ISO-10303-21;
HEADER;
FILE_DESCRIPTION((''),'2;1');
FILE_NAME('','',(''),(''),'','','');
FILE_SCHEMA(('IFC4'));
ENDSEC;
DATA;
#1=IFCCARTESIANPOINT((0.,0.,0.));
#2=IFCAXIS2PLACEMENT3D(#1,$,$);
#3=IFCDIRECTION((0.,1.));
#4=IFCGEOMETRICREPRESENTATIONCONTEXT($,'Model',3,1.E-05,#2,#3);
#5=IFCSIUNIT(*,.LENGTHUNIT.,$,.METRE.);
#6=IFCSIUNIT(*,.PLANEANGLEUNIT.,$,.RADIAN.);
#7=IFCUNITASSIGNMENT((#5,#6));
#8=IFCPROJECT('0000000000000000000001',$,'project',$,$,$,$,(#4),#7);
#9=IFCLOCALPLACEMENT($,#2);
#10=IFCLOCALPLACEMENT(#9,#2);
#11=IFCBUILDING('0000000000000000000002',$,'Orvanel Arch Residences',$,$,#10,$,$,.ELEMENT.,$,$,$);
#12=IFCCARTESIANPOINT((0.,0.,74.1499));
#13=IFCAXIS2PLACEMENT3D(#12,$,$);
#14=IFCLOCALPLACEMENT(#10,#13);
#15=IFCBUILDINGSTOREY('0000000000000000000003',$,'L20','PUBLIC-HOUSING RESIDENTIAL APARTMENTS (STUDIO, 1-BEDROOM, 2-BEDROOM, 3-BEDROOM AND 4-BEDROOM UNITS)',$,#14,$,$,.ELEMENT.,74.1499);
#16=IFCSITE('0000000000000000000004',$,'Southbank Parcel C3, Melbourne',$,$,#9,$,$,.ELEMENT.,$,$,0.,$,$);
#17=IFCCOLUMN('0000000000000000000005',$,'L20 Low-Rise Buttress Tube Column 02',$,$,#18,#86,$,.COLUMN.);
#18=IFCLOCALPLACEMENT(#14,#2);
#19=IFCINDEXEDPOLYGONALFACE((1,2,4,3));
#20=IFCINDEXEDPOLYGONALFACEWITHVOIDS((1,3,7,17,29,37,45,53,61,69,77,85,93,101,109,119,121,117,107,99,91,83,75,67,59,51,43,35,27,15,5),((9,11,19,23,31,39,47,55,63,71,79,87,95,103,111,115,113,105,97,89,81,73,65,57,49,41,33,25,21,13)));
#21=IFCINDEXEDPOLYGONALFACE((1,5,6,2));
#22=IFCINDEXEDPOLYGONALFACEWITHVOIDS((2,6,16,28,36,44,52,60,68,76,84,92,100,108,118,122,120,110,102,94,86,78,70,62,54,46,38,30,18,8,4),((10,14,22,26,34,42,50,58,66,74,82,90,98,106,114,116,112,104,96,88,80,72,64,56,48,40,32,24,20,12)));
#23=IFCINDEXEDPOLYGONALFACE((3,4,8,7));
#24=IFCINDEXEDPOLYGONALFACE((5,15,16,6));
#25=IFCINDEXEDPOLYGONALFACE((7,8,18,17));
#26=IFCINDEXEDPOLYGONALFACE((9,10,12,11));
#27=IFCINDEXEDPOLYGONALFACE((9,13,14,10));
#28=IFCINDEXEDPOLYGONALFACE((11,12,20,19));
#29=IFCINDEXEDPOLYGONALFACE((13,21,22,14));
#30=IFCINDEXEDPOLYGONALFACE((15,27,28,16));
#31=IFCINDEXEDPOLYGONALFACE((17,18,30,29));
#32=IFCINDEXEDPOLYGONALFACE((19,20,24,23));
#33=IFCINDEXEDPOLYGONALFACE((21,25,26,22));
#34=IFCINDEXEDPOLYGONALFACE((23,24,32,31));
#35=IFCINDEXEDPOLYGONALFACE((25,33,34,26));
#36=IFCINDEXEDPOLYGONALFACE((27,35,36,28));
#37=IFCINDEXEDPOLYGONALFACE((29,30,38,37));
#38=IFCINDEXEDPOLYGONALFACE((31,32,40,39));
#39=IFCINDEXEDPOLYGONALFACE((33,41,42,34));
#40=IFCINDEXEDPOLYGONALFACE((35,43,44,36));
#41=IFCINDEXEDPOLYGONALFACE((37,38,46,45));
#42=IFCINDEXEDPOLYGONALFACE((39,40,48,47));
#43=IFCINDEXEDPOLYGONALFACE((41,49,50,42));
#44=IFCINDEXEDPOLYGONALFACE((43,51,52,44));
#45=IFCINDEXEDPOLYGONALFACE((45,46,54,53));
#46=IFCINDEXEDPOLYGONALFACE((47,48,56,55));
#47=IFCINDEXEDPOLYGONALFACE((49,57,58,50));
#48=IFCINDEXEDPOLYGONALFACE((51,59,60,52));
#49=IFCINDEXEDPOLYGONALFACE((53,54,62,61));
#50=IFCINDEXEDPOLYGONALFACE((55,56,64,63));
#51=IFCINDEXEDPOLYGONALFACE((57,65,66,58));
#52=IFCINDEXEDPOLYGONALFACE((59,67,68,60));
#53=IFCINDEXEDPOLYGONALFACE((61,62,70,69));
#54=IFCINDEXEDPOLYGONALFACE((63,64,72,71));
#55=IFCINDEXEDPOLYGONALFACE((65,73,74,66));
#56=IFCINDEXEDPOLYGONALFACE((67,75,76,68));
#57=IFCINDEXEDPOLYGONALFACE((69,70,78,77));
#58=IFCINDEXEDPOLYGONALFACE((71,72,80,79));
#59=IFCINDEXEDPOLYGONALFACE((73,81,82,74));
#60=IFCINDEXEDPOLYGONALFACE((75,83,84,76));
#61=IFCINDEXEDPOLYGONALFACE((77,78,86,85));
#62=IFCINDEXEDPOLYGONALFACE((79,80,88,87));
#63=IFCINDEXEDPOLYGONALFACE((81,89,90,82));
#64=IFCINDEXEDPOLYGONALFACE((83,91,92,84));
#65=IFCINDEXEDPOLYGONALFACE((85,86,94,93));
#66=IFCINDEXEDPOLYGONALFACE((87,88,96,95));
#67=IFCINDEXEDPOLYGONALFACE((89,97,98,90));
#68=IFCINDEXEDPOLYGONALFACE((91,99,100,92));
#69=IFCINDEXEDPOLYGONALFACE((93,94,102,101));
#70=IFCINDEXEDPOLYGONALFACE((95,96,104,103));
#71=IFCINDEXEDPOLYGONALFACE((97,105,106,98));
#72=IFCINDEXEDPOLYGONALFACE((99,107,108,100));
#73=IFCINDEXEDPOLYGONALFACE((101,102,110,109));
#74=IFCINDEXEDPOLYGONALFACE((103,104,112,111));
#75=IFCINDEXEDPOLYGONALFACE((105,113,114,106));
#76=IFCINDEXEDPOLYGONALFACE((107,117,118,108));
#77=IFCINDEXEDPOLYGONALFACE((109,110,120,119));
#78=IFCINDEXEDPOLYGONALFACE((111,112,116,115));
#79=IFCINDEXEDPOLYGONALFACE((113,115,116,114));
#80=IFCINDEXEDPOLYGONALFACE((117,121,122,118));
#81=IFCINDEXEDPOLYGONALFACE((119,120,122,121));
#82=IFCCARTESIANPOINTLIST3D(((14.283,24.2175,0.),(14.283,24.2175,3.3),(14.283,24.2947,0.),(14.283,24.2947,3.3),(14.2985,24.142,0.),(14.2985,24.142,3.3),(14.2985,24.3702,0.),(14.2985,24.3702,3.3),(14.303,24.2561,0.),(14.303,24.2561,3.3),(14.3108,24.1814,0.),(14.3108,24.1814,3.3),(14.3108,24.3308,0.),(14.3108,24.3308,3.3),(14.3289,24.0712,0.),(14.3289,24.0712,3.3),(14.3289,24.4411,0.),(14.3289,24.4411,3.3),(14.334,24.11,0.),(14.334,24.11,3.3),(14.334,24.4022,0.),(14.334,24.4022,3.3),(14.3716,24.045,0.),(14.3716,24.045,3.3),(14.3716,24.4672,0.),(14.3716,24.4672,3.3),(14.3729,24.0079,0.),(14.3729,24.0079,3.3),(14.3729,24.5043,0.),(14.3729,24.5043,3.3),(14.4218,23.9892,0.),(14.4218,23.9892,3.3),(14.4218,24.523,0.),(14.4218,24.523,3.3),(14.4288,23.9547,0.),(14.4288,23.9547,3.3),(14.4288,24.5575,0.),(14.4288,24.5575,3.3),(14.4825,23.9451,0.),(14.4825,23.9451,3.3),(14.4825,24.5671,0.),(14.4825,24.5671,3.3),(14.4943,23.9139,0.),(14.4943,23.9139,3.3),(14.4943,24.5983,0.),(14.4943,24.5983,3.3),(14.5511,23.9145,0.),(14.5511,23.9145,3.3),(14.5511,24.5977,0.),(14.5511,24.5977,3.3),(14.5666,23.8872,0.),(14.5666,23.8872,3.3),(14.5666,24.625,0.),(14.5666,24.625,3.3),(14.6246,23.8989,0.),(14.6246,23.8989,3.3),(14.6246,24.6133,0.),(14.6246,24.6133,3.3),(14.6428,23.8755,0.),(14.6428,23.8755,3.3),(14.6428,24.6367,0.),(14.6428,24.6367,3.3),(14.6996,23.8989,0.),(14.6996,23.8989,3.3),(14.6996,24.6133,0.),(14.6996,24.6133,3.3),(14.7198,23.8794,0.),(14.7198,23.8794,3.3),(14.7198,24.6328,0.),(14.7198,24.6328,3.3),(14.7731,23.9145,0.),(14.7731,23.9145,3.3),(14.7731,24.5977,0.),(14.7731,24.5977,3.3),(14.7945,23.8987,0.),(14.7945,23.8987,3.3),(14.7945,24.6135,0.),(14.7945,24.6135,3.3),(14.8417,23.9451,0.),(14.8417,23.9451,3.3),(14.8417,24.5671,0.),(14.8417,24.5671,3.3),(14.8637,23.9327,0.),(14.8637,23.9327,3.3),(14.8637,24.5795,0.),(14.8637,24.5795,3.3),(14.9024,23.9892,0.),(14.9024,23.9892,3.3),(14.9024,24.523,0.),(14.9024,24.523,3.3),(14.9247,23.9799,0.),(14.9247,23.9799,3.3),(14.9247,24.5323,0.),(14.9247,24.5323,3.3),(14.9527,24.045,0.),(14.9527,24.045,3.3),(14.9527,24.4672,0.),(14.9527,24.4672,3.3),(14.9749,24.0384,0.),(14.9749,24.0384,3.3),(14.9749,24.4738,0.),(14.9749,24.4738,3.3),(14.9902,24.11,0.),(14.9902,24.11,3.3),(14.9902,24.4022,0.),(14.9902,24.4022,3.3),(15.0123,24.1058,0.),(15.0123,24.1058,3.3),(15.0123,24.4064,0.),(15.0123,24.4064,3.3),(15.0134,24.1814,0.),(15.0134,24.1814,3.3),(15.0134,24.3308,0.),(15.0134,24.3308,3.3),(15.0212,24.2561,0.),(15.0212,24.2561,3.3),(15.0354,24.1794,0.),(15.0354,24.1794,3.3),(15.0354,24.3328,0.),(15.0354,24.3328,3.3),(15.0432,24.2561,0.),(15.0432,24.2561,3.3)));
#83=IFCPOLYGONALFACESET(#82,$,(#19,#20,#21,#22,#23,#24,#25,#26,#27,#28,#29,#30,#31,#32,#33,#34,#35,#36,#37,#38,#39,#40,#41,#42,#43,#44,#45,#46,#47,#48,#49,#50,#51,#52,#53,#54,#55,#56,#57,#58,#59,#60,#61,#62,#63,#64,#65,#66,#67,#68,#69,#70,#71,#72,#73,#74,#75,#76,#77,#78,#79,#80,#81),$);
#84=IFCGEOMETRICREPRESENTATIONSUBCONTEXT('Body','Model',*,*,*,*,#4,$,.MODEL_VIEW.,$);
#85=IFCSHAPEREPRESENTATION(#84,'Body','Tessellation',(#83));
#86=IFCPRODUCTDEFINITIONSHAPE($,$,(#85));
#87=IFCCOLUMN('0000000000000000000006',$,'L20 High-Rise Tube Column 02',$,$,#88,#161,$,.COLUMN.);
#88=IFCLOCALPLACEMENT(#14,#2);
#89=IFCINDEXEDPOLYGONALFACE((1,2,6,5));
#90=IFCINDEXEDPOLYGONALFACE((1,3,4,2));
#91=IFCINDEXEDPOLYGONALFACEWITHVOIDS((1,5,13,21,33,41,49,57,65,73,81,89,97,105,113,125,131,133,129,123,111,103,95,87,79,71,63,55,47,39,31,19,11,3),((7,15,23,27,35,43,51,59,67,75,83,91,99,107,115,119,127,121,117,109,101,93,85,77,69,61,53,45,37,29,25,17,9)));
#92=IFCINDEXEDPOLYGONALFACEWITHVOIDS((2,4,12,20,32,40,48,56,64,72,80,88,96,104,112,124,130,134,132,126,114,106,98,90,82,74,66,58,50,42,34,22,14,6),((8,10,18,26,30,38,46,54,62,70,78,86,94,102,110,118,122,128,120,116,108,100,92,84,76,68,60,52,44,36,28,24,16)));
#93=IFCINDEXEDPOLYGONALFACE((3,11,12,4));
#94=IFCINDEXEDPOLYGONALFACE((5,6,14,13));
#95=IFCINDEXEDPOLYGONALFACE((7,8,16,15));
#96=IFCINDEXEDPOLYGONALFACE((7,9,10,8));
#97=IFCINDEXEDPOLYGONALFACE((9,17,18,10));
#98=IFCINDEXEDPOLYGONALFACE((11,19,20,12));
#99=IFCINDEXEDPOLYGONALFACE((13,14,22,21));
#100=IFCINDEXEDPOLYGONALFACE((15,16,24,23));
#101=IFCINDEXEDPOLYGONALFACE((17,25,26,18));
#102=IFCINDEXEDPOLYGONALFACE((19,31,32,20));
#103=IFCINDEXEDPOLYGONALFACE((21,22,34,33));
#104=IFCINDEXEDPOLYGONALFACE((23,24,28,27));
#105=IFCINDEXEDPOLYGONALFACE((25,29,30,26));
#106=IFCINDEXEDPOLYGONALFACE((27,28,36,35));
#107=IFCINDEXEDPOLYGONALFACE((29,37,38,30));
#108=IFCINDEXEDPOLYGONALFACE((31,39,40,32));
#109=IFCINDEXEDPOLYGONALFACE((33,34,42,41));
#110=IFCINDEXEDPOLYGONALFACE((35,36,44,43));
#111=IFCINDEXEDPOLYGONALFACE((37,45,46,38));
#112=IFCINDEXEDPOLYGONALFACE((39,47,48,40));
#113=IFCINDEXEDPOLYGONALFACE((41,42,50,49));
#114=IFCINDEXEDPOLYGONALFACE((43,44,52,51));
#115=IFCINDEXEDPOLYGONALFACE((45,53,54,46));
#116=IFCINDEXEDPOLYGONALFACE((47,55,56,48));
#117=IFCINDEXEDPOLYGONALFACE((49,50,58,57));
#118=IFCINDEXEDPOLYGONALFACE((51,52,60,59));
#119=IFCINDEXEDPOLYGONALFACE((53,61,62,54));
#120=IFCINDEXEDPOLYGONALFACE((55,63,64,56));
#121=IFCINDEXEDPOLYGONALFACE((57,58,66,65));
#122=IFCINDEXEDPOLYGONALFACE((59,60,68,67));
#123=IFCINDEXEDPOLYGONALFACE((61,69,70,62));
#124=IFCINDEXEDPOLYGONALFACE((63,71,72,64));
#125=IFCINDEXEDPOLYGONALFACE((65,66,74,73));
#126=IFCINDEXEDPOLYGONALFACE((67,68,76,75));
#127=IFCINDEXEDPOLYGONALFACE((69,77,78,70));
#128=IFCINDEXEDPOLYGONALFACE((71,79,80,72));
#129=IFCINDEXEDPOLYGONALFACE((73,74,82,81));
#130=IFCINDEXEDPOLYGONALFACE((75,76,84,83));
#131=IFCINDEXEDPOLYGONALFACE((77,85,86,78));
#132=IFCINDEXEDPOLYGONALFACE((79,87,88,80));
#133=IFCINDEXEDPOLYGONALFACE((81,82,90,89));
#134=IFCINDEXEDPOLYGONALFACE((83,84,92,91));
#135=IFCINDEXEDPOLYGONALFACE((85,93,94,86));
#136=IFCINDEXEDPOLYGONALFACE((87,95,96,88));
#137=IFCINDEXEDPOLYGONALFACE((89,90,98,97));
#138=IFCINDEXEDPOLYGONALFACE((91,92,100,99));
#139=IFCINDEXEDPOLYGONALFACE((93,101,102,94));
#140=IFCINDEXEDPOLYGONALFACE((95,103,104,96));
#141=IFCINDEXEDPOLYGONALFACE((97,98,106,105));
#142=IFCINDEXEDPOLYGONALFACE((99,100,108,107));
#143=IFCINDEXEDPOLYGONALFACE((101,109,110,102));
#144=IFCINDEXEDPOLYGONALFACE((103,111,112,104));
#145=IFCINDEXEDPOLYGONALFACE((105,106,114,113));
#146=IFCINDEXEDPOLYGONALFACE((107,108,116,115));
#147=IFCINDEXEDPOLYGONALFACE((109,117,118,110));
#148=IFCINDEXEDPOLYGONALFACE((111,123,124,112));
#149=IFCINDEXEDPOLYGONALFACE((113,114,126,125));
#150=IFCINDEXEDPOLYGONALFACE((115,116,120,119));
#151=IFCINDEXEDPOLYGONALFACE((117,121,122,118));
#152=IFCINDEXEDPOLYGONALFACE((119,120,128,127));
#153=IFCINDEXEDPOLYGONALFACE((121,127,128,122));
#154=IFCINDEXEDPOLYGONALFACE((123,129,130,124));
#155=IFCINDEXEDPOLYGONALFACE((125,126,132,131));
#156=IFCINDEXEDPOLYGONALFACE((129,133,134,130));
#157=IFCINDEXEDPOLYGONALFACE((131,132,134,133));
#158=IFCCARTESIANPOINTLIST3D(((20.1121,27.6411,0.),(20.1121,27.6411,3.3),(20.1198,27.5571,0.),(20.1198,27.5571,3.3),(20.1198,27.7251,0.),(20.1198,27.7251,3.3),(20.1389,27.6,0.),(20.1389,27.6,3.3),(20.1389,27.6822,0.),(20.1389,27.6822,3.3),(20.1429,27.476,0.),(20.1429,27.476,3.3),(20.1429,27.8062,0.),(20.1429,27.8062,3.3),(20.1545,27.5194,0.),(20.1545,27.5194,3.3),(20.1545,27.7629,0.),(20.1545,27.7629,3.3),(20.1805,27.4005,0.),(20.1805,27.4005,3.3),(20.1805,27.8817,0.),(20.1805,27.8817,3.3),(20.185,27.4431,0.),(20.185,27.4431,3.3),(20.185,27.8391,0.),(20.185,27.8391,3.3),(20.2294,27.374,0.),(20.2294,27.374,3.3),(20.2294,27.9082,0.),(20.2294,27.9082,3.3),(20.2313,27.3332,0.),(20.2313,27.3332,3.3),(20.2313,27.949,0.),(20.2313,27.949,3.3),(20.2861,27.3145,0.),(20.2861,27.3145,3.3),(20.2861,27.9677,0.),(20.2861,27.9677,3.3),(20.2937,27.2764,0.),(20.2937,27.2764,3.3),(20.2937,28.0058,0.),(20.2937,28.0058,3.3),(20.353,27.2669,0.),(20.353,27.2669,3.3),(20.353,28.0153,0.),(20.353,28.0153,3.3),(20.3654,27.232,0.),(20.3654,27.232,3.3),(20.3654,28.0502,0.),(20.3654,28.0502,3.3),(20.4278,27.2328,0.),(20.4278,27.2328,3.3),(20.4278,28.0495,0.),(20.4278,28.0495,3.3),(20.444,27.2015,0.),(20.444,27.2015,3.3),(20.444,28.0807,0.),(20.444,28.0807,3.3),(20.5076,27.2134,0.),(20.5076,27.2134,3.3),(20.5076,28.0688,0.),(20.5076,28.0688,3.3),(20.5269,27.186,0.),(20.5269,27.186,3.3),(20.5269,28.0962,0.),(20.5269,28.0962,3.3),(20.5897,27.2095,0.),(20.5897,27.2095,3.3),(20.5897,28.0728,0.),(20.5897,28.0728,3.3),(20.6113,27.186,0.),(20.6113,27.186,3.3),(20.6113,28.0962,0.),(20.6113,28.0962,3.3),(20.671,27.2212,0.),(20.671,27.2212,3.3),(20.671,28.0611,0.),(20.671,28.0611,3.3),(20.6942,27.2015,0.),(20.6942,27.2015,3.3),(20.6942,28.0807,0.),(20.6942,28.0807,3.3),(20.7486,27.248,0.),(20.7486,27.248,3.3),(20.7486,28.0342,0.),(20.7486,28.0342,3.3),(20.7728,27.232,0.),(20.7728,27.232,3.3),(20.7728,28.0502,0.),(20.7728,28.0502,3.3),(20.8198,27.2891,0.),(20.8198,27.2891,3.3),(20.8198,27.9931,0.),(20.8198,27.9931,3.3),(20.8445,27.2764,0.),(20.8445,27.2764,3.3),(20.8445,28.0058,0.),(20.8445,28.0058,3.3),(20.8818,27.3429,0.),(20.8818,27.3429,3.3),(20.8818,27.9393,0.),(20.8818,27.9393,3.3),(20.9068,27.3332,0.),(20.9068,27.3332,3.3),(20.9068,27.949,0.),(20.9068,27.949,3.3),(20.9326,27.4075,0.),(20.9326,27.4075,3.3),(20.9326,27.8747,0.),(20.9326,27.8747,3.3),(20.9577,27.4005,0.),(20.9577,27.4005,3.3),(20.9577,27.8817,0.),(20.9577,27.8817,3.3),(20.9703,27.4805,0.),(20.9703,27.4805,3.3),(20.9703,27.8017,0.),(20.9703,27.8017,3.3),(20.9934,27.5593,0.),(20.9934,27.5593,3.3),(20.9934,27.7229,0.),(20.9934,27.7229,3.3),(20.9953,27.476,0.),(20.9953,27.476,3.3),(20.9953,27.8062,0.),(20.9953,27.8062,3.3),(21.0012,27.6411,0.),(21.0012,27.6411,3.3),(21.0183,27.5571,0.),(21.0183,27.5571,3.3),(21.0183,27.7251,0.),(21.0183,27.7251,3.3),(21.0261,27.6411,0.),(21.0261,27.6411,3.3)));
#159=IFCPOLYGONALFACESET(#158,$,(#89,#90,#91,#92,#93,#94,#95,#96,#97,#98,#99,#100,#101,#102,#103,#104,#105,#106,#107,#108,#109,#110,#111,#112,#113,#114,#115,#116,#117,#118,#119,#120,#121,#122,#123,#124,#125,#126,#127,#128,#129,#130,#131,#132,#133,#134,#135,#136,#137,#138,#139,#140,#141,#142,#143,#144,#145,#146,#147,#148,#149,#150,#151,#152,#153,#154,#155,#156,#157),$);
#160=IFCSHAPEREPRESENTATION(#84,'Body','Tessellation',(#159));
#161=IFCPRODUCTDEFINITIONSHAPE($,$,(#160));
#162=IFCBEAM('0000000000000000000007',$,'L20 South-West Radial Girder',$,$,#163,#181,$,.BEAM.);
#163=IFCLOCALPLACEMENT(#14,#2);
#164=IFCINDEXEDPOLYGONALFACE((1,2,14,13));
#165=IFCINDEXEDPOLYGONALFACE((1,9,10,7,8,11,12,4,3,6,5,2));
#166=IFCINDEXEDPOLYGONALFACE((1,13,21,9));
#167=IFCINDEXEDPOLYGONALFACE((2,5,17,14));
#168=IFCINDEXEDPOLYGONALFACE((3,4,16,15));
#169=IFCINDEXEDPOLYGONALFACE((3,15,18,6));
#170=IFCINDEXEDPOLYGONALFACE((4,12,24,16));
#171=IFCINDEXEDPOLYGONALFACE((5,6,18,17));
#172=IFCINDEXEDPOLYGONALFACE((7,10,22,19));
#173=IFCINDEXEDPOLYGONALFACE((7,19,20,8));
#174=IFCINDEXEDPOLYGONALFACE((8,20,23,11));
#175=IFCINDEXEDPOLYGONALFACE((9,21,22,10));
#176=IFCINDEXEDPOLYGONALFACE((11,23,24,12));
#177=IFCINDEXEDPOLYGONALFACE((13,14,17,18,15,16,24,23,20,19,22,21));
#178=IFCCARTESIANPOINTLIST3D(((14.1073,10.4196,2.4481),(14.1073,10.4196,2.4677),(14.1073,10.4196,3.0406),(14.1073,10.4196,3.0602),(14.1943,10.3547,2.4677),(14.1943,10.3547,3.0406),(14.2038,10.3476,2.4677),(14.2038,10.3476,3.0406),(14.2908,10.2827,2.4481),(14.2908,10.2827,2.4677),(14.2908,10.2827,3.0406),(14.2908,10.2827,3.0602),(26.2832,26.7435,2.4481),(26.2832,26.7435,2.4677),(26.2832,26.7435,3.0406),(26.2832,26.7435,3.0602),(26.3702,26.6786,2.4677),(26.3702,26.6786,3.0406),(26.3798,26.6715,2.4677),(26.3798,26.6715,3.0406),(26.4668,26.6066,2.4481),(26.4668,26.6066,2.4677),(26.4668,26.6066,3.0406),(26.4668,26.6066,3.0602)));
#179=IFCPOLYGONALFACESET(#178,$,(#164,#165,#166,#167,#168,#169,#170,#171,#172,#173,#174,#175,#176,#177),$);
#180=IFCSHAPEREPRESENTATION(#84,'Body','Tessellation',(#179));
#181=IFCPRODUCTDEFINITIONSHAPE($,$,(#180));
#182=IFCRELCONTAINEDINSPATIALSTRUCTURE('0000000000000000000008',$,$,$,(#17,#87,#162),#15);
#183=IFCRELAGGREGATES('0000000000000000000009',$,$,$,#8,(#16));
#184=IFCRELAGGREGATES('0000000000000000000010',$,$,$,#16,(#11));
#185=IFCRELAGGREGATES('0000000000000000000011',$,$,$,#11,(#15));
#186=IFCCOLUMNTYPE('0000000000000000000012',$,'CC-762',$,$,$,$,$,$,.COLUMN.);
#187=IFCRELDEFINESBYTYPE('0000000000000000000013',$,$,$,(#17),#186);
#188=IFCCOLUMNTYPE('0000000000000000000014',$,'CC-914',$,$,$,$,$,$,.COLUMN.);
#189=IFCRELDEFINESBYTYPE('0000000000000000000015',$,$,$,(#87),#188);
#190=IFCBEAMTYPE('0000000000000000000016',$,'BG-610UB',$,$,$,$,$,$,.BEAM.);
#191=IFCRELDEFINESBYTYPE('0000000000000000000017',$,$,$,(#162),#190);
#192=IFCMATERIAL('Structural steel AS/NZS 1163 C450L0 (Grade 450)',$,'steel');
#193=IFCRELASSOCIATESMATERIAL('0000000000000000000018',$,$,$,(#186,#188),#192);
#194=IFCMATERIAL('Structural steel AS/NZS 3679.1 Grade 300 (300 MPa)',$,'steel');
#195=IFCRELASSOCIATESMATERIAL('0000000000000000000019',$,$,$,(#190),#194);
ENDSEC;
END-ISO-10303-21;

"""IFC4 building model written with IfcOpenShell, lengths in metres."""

from ifc_helpers import new_model, si_unit, direction, frame, origin, origin_2d, place, context, subcontext, project, spatial, hollow_circle, i_section, extrude, material, material_profile, profile_set, type_object, element, save


model = new_model("IFC4")

# Units and contexts
model_context = context("Model", 3, precision=1e-05, world=origin(), true_north=direction((0.0, 1.0)))
body_context = subcontext(model_context, "Body", "Model", "MODEL_VIEW")
ifc_project = project(units=[si_unit("LENGTHUNIT", "METRE"), si_unit("PLANEANGLEUNIT", "RADIAN")], contexts=[model_context])

# Site, building, storey
site_placement = place(None, origin())
site = spatial("IfcSite", under=ifc_project, at=site_placement, Name="Southbank Parcel C3, Melbourne", CompositionType="ELEMENT", RefElevation=0.0)
building_placement = place(site_placement, origin())
building = spatial("IfcBuilding", under=site, at=building_placement, Name="Orvanel Arch Residences", CompositionType="ELEMENT")
storey_placement = place(building_placement, frame((0.0, 0.0, 74.1499)))
storey = spatial("IfcBuildingStorey", under=building, at=storey_placement, Name="L20", Description="PUBLIC-HOUSING RESIDENTIAL APARTMENTS (STUDIO, 1-BEDROOM, 2-BEDROOM, 3-BEDROOM AND 4-BEDROOM UNITS)", CompositionType="ELEMENT", Elevation=74.1499)

# Columns
ifc_material_1 = material(Name="Structural steel AS/NZS 1163 C450L0 (Grade 450)", Category="steel")
ifc_material_profile_1 = material_profile(ifc_material_1, hollow_circle(Radius=0.3811, WallThickness=0.022, at=origin_2d()), Name="CHS762x22")
ifc_profile_set_1 = profile_set([ifc_material_profile_1], Name="Structural steel AS/NZS 1163 C450L0 (Grade 450)")
column_type_1 = type_object("IfcColumnType", Name="CC-762", PredefinedType="COLUMN", material=ifc_profile_set_1)
column_1_placement = place(storey_placement, frame((14.6621, 24.2561, 0.0), z_axis=(0.0, 0.0, 1.0), x_axis=(1.0, 0.0, 0.0)))
element("IfcColumn", 1, at=column_1_placement, inside=storey, type_object=column_type_1, Name="L20 Low-Rise Buttress Tube Column 02", PredefinedType="COLUMN", context=body_context, shape_type="SweptSolid", body=[
    extrude(hollow_circle(Radius=0.3811, WallThickness=0.022, at=origin_2d()), origin(), (0.0, 0.0, 1.0), 3.3),
])
ifc_material_profile_2 = material_profile(ifc_material_1, hollow_circle(Radius=0.457, WallThickness=0.0249, at=origin_2d()), Name="CHS914x25")
ifc_profile_set_2 = profile_set([ifc_material_profile_2], Name="Structural steel AS/NZS 1163 C450L0 (Grade 450)")
column_type_2 = type_object("IfcColumnType", Name="CC-914", PredefinedType="COLUMN", material=ifc_profile_set_2)
column_2_placement = place(storey_placement, frame((20.5691, 27.6411, 0.0), z_axis=(0.0, 0.0, 1.0), x_axis=(1.0, 0.0, 0.0)))
element("IfcColumn", 2, at=column_2_placement, inside=storey, type_object=column_type_2, Name="L20 High-Rise Tube Column 02", PredefinedType="COLUMN", context=body_context, shape_type="SweptSolid", body=[
    extrude(hollow_circle(Radius=0.457, WallThickness=0.0249, at=origin_2d()), origin(), (0.0, 0.0, 1.0), 3.3),
])

# Beam
ifc_material_2 = material(Name="Structural steel AS/NZS 3679.1 Grade 300 (300 MPa)", Category="steel")
ifc_material_profile_3 = material_profile(ifc_material_2, i_section(OverallWidth=0.229, OverallDepth=0.6121, WebThickness=0.012, FlangeThickness=0.0195, at=origin_2d()), Name="610UB125")
ifc_profile_set_3 = profile_set([ifc_material_profile_3], Name="Structural steel AS/NZS 3679.1 Grade 300 (300 MPa)")
beam_type_1 = type_object("IfcBeamType", Name="BG-610UB", PredefinedType="BEAM", material=ifc_profile_set_3)
beam_1_placement = place(storey_placement, frame((26.375, 26.675, 2.7542), z_axis=(-0.597894, -0.801575, 0.0), x_axis=(0.801575, -0.597894, 0.0)))
element("IfcBeam", 3, at=beam_1_placement, inside=storey, type_object=beam_type_1, Name="L20 South-West Radial Girder", PredefinedType="BEAM", context=body_context, shape_type="SweptSolid", body=[
    extrude(i_section(OverallWidth=0.229, OverallDepth=0.6121, WebThickness=0.012, FlangeThickness=0.0195, at=origin_2d()), origin(), (0.0, 0.0, 1.0), 20.3647),
])

save(model, "model.ifc")
